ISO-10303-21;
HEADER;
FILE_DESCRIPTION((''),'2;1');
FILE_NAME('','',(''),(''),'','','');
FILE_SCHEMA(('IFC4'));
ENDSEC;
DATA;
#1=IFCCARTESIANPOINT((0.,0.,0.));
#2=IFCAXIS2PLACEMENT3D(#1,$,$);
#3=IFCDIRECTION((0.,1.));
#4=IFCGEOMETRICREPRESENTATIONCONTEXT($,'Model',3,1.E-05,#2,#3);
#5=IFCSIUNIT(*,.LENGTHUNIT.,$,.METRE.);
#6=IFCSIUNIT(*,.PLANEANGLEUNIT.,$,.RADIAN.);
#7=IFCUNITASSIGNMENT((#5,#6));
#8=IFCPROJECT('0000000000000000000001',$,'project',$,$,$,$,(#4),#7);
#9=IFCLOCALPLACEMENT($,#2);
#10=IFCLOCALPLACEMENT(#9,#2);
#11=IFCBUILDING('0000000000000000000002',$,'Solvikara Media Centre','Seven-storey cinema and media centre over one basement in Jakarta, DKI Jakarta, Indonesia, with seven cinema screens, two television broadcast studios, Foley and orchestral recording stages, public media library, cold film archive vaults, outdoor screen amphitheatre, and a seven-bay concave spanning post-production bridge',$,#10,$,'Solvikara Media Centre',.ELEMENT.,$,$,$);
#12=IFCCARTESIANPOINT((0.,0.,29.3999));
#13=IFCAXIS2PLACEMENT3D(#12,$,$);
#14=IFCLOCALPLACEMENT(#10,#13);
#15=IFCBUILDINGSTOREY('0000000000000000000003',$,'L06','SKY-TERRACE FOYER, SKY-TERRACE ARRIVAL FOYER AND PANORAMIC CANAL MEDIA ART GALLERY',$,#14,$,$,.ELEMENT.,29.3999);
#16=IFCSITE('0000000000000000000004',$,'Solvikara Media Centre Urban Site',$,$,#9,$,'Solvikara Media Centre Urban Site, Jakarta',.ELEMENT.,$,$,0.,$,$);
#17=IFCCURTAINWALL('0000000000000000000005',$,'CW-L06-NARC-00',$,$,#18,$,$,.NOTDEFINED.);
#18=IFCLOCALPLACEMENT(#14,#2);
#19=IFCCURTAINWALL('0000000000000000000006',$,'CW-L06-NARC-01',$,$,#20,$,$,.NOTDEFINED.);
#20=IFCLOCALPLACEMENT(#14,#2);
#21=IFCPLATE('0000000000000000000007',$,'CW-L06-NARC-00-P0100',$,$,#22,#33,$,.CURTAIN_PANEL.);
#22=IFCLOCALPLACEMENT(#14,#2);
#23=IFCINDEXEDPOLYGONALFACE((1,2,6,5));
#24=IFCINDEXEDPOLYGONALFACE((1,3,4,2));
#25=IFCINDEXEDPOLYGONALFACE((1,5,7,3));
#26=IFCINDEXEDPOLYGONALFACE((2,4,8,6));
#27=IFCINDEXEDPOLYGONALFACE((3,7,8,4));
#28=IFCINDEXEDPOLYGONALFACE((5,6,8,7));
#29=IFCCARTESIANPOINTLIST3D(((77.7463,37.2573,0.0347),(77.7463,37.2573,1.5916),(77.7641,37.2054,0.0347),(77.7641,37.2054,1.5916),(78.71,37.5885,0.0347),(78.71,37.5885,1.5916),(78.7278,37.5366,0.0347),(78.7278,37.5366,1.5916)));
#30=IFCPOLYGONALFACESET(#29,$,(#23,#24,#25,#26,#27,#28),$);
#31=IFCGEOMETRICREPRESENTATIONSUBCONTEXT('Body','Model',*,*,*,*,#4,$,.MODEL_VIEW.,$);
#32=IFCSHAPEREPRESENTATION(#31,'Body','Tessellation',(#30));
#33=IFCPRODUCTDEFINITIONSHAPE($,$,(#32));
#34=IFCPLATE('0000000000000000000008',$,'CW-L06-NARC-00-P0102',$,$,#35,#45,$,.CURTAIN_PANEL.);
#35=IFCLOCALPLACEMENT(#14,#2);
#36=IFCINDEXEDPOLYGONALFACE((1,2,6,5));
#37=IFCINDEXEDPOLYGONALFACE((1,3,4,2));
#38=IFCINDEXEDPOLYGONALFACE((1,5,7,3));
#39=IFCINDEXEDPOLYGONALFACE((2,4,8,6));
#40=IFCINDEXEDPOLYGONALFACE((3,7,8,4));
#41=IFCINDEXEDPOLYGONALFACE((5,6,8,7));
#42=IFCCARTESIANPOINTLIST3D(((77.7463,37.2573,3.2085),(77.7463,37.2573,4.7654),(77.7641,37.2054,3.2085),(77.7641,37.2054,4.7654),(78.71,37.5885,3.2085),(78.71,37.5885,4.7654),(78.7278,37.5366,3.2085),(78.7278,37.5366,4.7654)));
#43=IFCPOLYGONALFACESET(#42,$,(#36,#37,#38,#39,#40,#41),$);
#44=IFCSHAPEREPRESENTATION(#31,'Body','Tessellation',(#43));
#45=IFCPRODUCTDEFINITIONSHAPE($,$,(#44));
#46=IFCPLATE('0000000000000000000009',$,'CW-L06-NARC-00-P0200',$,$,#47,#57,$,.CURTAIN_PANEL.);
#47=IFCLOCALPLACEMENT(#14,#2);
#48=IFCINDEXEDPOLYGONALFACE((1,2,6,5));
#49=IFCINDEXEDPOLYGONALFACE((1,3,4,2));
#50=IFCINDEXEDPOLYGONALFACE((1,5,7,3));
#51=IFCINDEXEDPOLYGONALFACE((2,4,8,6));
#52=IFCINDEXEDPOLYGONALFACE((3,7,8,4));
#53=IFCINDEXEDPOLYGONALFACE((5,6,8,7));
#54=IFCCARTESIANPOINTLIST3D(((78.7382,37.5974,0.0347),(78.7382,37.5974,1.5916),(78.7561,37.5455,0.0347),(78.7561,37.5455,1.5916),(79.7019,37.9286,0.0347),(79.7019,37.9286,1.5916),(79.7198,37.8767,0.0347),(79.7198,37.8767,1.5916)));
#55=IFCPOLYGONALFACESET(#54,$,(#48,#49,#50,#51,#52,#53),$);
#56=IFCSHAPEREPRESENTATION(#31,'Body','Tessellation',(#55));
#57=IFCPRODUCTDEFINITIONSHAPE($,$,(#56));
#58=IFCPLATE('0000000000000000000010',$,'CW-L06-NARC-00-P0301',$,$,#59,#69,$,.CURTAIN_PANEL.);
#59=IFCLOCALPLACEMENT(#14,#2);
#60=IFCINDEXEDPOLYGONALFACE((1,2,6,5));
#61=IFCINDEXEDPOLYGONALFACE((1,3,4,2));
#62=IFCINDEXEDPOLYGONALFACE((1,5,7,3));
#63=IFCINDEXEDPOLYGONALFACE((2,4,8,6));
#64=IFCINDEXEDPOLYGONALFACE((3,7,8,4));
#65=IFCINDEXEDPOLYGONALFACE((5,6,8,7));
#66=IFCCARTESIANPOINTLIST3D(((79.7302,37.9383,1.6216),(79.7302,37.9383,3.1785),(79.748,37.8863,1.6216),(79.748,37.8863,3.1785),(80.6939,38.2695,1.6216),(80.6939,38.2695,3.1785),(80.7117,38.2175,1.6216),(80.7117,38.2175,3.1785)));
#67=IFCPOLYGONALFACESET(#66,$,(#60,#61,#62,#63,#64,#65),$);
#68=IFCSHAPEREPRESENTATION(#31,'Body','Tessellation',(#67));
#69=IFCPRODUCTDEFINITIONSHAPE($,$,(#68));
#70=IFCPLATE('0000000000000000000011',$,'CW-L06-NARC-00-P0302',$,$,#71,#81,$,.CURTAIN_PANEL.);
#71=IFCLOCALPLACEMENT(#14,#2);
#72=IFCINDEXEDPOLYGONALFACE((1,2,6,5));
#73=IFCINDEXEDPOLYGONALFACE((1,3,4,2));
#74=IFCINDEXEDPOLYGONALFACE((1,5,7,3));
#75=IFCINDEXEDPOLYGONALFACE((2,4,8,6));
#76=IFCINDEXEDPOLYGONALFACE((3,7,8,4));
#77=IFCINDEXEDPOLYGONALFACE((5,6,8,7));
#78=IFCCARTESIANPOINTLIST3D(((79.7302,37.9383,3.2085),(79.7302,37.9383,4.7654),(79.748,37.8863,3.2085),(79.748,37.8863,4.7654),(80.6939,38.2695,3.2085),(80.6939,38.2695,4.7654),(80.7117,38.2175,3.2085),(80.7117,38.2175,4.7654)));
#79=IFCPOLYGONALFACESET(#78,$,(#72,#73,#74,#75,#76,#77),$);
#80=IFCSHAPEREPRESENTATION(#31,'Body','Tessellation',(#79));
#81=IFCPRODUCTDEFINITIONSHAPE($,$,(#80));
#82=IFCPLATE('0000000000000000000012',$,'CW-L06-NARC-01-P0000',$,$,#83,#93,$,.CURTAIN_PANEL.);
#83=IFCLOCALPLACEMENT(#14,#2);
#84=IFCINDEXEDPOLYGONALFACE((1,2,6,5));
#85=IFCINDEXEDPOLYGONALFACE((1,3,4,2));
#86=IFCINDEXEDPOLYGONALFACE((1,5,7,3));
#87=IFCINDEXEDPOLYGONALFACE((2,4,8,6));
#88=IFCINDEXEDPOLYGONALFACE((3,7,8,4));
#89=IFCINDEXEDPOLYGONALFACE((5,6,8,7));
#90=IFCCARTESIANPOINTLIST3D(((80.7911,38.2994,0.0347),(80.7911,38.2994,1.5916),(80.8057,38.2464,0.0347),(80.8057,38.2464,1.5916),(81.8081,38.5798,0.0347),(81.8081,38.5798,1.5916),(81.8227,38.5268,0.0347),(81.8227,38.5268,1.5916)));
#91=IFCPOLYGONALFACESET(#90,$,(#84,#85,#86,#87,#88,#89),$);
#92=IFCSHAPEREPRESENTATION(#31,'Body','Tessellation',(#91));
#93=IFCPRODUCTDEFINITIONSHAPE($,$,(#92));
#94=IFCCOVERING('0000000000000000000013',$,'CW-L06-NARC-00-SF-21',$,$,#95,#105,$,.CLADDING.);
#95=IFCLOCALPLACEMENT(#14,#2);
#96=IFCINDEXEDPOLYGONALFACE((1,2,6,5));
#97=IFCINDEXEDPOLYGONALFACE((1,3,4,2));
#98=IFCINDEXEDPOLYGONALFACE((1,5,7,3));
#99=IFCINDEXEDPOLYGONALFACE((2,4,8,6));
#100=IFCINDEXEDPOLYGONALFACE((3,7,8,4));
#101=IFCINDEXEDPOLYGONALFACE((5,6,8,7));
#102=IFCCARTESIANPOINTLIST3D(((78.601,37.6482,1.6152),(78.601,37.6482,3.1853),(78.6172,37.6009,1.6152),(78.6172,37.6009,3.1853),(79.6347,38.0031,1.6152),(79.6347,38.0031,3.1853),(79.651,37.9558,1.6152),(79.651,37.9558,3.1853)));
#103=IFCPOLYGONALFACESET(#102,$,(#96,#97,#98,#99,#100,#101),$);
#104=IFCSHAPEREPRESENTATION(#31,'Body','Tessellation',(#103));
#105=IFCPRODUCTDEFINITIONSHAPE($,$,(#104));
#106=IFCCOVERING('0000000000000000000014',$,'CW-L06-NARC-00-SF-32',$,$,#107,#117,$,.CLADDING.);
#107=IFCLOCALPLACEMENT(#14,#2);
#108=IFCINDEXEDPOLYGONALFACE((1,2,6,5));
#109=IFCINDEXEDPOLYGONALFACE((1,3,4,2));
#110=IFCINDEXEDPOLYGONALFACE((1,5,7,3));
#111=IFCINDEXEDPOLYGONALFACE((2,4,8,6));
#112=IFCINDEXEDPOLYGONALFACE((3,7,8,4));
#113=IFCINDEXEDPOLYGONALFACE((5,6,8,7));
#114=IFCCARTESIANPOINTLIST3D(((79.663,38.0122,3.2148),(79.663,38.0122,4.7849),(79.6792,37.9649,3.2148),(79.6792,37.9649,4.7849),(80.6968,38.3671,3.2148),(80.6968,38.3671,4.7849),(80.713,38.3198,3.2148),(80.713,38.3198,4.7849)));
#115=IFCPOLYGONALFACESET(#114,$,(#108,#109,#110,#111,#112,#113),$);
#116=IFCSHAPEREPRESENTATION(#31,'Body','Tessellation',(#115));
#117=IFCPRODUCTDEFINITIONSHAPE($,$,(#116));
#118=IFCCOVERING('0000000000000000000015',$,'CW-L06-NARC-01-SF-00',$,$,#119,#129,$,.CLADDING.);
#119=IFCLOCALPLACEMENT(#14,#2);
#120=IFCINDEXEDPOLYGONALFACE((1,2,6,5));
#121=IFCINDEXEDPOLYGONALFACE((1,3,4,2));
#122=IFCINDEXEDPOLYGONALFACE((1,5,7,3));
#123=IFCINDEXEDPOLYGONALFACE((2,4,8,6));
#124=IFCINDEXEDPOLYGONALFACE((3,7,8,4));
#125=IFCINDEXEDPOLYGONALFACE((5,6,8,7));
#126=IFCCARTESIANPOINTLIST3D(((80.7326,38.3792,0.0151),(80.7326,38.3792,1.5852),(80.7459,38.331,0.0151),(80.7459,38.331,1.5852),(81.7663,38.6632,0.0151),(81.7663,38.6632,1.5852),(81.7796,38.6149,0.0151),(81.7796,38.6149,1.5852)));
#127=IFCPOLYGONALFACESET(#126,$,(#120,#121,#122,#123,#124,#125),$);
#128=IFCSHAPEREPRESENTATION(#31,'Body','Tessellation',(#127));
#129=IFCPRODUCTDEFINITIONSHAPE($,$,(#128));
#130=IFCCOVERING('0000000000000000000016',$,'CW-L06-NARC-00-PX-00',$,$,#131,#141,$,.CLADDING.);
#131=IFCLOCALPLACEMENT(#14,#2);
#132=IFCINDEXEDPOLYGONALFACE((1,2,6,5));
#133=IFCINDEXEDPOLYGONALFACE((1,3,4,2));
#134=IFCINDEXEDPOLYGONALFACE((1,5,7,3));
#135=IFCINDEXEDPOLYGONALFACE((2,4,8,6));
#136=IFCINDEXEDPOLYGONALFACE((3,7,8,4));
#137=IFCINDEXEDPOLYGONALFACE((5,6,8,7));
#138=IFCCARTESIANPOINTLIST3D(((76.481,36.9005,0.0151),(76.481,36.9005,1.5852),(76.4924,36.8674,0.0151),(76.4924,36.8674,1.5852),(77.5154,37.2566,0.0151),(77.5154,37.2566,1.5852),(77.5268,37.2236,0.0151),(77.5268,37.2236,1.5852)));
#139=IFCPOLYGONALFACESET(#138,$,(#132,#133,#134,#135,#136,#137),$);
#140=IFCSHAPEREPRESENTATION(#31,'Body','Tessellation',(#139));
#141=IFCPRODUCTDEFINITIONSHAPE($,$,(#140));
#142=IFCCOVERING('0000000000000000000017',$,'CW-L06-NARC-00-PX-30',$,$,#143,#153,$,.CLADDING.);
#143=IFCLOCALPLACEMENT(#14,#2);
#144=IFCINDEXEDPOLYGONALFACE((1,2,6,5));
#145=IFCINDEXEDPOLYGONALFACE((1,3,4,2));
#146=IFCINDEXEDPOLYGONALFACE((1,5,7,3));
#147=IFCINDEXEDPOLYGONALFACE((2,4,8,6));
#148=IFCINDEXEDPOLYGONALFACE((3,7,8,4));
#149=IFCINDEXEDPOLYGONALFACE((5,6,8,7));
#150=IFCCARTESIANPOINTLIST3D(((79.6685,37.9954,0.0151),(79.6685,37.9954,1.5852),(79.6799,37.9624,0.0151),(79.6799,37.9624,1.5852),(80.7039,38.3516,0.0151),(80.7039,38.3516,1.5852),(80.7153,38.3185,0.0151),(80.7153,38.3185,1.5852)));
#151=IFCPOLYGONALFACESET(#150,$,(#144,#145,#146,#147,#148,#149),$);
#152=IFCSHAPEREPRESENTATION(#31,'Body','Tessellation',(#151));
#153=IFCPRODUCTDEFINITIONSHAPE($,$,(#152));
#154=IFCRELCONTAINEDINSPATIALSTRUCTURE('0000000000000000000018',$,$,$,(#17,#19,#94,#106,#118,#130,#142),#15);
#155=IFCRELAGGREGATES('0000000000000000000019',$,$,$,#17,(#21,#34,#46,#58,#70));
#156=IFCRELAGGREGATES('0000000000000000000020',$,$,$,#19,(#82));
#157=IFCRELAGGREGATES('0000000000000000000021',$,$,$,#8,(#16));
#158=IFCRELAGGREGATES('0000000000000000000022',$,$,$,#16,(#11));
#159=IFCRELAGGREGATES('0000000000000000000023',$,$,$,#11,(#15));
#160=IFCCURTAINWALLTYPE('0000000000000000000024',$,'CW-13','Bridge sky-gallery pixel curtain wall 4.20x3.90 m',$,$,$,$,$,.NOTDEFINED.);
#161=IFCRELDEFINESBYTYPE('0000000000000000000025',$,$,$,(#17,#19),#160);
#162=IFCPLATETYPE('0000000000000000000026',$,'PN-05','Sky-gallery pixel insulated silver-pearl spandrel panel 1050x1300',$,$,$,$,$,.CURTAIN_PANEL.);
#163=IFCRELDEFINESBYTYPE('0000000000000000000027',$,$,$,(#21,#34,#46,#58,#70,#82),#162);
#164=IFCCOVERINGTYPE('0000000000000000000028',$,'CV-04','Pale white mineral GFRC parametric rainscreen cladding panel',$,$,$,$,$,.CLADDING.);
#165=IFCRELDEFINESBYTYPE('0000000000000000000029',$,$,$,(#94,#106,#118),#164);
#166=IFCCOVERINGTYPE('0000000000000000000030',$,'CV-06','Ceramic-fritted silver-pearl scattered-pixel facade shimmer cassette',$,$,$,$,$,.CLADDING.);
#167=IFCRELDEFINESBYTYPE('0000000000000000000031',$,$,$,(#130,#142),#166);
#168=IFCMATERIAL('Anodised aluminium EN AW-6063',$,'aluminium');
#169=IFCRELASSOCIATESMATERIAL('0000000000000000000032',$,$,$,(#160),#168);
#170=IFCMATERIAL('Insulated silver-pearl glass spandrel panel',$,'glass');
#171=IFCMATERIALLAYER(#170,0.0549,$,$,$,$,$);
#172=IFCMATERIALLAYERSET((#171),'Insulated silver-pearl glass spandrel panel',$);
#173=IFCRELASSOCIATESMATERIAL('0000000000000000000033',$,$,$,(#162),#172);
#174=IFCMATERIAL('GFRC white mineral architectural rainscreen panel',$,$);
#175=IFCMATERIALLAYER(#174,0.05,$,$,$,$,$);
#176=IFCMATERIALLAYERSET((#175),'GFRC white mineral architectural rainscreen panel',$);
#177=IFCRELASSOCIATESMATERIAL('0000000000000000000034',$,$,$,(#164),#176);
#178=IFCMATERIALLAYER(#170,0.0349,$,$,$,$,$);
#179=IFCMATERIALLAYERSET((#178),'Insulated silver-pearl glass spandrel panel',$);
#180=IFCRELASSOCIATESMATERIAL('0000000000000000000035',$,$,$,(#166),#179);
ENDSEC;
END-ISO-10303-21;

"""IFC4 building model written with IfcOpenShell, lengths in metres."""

from ifc_helpers import new_model, si_unit, direction, frame, origin, origin_2d, place, context, subcontext, project, spatial, rectangle, extrude, material, layer, layer_set, type_object, element, aggregate, save


model = new_model("IFC4")

# Units and contexts
model_context = context("Model", 3, precision=1e-05, world=origin(), true_north=direction((0.0, 1.0)))
body_context = subcontext(model_context, "Body", "Model", "MODEL_VIEW")
ifc_project = project(units=[si_unit("LENGTHUNIT", "METRE"), si_unit("PLANEANGLEUNIT", "RADIAN")], contexts=[model_context])

# Site, building, storey
site_placement = place(None, origin())
site = spatial("IfcSite", under=ifc_project, at=site_placement, Name="Solvikara Media Centre Urban Site", LongName="Solvikara Media Centre Urban Site, Jakarta", CompositionType="ELEMENT", RefElevation=0.0)
building_placement = place(site_placement, origin())
building = spatial("IfcBuilding", under=site, at=building_placement, Name="Solvikara Media Centre", Description="Seven-storey cinema and media centre over one basement in Jakarta, DKI Jakarta, Indonesia, with seven cinema screens, two television broadcast studios, Foley and orchestral recording stages, public media library, cold film archive vaults, outdoor screen amphitheatre, and a seven-bay concave spanning post-production bridge", LongName="Solvikara Media Centre", CompositionType="ELEMENT")
storey_placement = place(building_placement, frame((0.0, 0.0, 29.3999)))
storey = spatial("IfcBuildingStorey", under=building, at=storey_placement, Name="L06", Description="SKY-TERRACE FOYER, SKY-TERRACE ARRIVAL FOYER AND PANORAMIC CANAL MEDIA ART GALLERY", CompositionType="ELEMENT", Elevation=29.3999)

# Curtain wall
ifc_material_1 = material(Name="Anodised aluminium EN AW-6063", Category="aluminium")
curtain_wall_type = type_object("IfcCurtainWallType", Name="CW-13", Description="Bridge sky-gallery pixel curtain wall 4.20x3.90 m", PredefinedType="NOTDEFINED", material=ifc_material_1)
curtain_wall_1_placement = place(storey_placement, origin())
curtain_wall_1 = element("IfcCurtainWall", 1, at=curtain_wall_1_placement, inside=storey, type_object=curtain_wall_type, Name="CW-L06-NARC-00", PredefinedType="NOTDEFINED")

# Curtain wall
curtain_wall_2_placement = place(storey_placement, origin())
curtain_wall_2 = element("IfcCurtainWall", 2, at=curtain_wall_2_placement, inside=storey, type_object=curtain_wall_type, Name="CW-L06-NARC-01", PredefinedType="NOTDEFINED")

# Plates
ifc_material_2 = material(Name="Insulated silver-pearl glass spandrel panel", Category="glass")
ifc_layer_1 = layer(ifc_material_2, 0.0549)
ifc_layer_set_1 = layer_set([ifc_layer_1], Name="Insulated silver-pearl glass spandrel panel")
plate_type_1 = type_object("IfcPlateType", Name="PN-05", Description="Sky-gallery pixel insulated silver-pearl spandrel panel 1050x1300", PredefinedType="CURTAIN_PANEL", material=ifc_layer_set_1)
plate_1_placement = place(storey_placement, frame((78.2371, 37.397, 0.0347), z_axis=(0.0, 0.0, 1.0), x_axis=(0.945712, 0.325007, 0.0)))
plate_1 = element("IfcPlate", 3, at=plate_1_placement, type_object=plate_type_1, Name="CW-L06-NARC-00-P0100", PredefinedType="CURTAIN_PANEL", context=body_context, shape_type="SweptSolid", body=[
    extrude(rectangle(XDim=1.019, YDim=0.0549, at=origin_2d()), origin(), (0.0, 0.0, 1.0), 1.5569),
])
plate_2_placement = place(storey_placement, frame((78.2371, 37.397, 3.2085), z_axis=(0.0, 0.0, 1.0), x_axis=(0.945712, 0.325007, 0.0)))
plate_2 = element("IfcPlate", 4, at=plate_2_placement, type_object=plate_type_1, Name="CW-L06-NARC-00-P0102", PredefinedType="CURTAIN_PANEL", context=body_context, shape_type="SweptSolid", body=[
    extrude(rectangle(XDim=1.019, YDim=0.0549, at=origin_2d()), origin(), (0.0, 0.0, 1.0), 1.5569),
])
plate_3_placement = place(storey_placement, frame((79.229, 37.7371, 0.0347), z_axis=(0.0, 0.0, 1.0), x_axis=(0.945712, 0.325007, 0.0)))
plate_3 = element("IfcPlate", 5, at=plate_3_placement, type_object=plate_type_1, Name="CW-L06-NARC-00-P0200", PredefinedType="CURTAIN_PANEL", context=body_context, shape_type="SweptSolid", body=[
    extrude(rectangle(XDim=1.019, YDim=0.0549, at=origin_2d()), origin(), (0.0, 0.0, 1.0), 1.5569),
])
plate_4_placement = place(storey_placement, frame((80.2209, 38.0779, 1.6216), z_axis=(0.0, 0.0, 1.0), x_axis=(0.945712, 0.325007, 0.0)))
plate_4 = element("IfcPlate", 6, at=plate_4_placement, type_object=plate_type_1, Name="CW-L06-NARC-00-P0301", PredefinedType="CURTAIN_PANEL", context=body_context, shape_type="SweptSolid", body=[
    extrude(rectangle(XDim=1.019, YDim=0.0549, at=origin_2d()), origin(), (0.0, 0.0, 1.0), 1.5569),
])
plate_5_placement = place(storey_placement, frame((80.2209, 38.0779, 3.2085), z_axis=(0.0, 0.0, 1.0), x_axis=(0.945712, 0.325007, 0.0)))
plate_5 = element("IfcPlate", 7, at=plate_5_placement, type_object=plate_type_1, Name="CW-L06-NARC-00-P0302", PredefinedType="CURTAIN_PANEL", context=body_context, shape_type="SweptSolid", body=[
    extrude(rectangle(XDim=1.019, YDim=0.0549, at=origin_2d()), origin(), (0.0, 0.0, 1.0), 1.5569),
])
aggregate(curtain_wall_1, [plate_1, plate_2, plate_3, plate_4, plate_5])
plate_6_placement = place(storey_placement, frame((81.3069, 38.4131, 0.0347), z_axis=(0.0, 0.0, 1.0), x_axis=(0.96403, 0.265792, 0.0)))
plate_6 = element("IfcPlate", 8, at=plate_6_placement, type_object=plate_type_1, Name="CW-L06-NARC-01-P0000", PredefinedType="CURTAIN_PANEL", context=body_context, shape_type="SweptSolid", body=[
    extrude(rectangle(XDim=1.0549, YDim=0.0549, at=origin_2d()), origin(), (0.0, 0.0, 1.0), 1.5569),
])
aggregate(curtain_wall_2, [plate_6])

# Coverings
ifc_material_3 = material(Name="GFRC white mineral architectural rainscreen panel")
ifc_layer_2 = layer(ifc_material_3, 0.05)
ifc_layer_set_2 = layer_set([ifc_layer_2], Name="GFRC white mineral architectural rainscreen panel")
covering_type_1 = type_object("IfcCoveringType", Name="CV-04", Description="Pale white mineral GFRC parametric rainscreen cladding panel", PredefinedType="CLADDING", material=ifc_layer_set_2)
for number, where, z_axis, x_axis, name in (
    (9, (79.126, 37.802, 1.6152), (0.0, 0.0, 1.0), (0.945808, 0.324726, 0.0), "CW-L06-NARC-00-SF-21"),
    (10, (80.188, 38.166, 3.2148), (0.0, 0.0, 1.0), (0.945808, 0.324726, 0.0), "CW-L06-NARC-00-SF-32"),
):
    element("IfcCovering", number, at=place(storey_placement, frame(where, z_axis=z_axis, x_axis=x_axis)), inside=storey, type_object=covering_type_1, Name=name, PredefinedType="CLADDING", context=body_context, shape_type="SweptSolid", body=[
        extrude(rectangle(XDim=1.093, YDim=0.05, at=origin_2d()), origin(), (0.0, 0.0, 1.0), 1.5701),
    ])
covering_1_placement = place(storey_placement, frame((81.2561, 38.4971, 0.0151), z_axis=(0.0, 0.0, 1.0), x_axis=(0.96429, 0.264849, 0.0)))
element("IfcCovering", 11, at=covering_1_placement, inside=storey, type_object=covering_type_1, Name="CW-L06-NARC-01-SF-00", PredefinedType="CLADDING", context=body_context, shape_type="SweptSolid", body=[
    extrude(rectangle(XDim=1.072, YDim=0.05, at=origin_2d()), origin(), (0.0, 0.0, 1.0), 1.5701),
])
ifc_layer_3 = layer(ifc_material_2, 0.0349)
ifc_layer_set_3 = layer_set([ifc_layer_3], Name="Insulated silver-pearl glass spandrel panel")
covering_type_2 = type_object("IfcCoveringType", Name="CV-06", Description="Ceramic-fritted silver-pearl scattered-pixel facade shimmer cassette", PredefinedType="CLADDING", material=ifc_layer_set_3)
covering_2_placement = place(storey_placement, frame((77.0039, 37.062, 0.0151), z_axis=(0.0, 0.0, 1.0), x_axis=(0.94553, 0.325535, 0.0)))
element("IfcCovering", 12, at=covering_2_placement, inside=storey, type_object=covering_type_2, Name="CW-L06-NARC-00-PX-00", PredefinedType="CLADDING", context=body_context, shape_type="SweptSolid", body=[
    extrude(rectangle(XDim=1.094, YDim=0.0349, at=origin_2d()), origin(), (0.0, 0.0, 1.0), 1.5701),
])
covering_3_placement = place(storey_placement, frame((80.1919, 38.157, 0.0151), z_axis=(0.0, 0.0, 1.0), x_axis=(0.945626, 0.325255, 0.0)))
element("IfcCovering", 13, at=covering_3_placement, inside=storey, type_object=covering_type_2, Name="CW-L06-NARC-00-PX-30", PredefinedType="CLADDING", context=body_context, shape_type="SweptSolid", body=[
    extrude(rectangle(XDim=1.095, YDim=0.0349, at=origin_2d()), origin(), (0.0, 0.0, 1.0), 1.5701),
])

save(model, "model.ifc")
